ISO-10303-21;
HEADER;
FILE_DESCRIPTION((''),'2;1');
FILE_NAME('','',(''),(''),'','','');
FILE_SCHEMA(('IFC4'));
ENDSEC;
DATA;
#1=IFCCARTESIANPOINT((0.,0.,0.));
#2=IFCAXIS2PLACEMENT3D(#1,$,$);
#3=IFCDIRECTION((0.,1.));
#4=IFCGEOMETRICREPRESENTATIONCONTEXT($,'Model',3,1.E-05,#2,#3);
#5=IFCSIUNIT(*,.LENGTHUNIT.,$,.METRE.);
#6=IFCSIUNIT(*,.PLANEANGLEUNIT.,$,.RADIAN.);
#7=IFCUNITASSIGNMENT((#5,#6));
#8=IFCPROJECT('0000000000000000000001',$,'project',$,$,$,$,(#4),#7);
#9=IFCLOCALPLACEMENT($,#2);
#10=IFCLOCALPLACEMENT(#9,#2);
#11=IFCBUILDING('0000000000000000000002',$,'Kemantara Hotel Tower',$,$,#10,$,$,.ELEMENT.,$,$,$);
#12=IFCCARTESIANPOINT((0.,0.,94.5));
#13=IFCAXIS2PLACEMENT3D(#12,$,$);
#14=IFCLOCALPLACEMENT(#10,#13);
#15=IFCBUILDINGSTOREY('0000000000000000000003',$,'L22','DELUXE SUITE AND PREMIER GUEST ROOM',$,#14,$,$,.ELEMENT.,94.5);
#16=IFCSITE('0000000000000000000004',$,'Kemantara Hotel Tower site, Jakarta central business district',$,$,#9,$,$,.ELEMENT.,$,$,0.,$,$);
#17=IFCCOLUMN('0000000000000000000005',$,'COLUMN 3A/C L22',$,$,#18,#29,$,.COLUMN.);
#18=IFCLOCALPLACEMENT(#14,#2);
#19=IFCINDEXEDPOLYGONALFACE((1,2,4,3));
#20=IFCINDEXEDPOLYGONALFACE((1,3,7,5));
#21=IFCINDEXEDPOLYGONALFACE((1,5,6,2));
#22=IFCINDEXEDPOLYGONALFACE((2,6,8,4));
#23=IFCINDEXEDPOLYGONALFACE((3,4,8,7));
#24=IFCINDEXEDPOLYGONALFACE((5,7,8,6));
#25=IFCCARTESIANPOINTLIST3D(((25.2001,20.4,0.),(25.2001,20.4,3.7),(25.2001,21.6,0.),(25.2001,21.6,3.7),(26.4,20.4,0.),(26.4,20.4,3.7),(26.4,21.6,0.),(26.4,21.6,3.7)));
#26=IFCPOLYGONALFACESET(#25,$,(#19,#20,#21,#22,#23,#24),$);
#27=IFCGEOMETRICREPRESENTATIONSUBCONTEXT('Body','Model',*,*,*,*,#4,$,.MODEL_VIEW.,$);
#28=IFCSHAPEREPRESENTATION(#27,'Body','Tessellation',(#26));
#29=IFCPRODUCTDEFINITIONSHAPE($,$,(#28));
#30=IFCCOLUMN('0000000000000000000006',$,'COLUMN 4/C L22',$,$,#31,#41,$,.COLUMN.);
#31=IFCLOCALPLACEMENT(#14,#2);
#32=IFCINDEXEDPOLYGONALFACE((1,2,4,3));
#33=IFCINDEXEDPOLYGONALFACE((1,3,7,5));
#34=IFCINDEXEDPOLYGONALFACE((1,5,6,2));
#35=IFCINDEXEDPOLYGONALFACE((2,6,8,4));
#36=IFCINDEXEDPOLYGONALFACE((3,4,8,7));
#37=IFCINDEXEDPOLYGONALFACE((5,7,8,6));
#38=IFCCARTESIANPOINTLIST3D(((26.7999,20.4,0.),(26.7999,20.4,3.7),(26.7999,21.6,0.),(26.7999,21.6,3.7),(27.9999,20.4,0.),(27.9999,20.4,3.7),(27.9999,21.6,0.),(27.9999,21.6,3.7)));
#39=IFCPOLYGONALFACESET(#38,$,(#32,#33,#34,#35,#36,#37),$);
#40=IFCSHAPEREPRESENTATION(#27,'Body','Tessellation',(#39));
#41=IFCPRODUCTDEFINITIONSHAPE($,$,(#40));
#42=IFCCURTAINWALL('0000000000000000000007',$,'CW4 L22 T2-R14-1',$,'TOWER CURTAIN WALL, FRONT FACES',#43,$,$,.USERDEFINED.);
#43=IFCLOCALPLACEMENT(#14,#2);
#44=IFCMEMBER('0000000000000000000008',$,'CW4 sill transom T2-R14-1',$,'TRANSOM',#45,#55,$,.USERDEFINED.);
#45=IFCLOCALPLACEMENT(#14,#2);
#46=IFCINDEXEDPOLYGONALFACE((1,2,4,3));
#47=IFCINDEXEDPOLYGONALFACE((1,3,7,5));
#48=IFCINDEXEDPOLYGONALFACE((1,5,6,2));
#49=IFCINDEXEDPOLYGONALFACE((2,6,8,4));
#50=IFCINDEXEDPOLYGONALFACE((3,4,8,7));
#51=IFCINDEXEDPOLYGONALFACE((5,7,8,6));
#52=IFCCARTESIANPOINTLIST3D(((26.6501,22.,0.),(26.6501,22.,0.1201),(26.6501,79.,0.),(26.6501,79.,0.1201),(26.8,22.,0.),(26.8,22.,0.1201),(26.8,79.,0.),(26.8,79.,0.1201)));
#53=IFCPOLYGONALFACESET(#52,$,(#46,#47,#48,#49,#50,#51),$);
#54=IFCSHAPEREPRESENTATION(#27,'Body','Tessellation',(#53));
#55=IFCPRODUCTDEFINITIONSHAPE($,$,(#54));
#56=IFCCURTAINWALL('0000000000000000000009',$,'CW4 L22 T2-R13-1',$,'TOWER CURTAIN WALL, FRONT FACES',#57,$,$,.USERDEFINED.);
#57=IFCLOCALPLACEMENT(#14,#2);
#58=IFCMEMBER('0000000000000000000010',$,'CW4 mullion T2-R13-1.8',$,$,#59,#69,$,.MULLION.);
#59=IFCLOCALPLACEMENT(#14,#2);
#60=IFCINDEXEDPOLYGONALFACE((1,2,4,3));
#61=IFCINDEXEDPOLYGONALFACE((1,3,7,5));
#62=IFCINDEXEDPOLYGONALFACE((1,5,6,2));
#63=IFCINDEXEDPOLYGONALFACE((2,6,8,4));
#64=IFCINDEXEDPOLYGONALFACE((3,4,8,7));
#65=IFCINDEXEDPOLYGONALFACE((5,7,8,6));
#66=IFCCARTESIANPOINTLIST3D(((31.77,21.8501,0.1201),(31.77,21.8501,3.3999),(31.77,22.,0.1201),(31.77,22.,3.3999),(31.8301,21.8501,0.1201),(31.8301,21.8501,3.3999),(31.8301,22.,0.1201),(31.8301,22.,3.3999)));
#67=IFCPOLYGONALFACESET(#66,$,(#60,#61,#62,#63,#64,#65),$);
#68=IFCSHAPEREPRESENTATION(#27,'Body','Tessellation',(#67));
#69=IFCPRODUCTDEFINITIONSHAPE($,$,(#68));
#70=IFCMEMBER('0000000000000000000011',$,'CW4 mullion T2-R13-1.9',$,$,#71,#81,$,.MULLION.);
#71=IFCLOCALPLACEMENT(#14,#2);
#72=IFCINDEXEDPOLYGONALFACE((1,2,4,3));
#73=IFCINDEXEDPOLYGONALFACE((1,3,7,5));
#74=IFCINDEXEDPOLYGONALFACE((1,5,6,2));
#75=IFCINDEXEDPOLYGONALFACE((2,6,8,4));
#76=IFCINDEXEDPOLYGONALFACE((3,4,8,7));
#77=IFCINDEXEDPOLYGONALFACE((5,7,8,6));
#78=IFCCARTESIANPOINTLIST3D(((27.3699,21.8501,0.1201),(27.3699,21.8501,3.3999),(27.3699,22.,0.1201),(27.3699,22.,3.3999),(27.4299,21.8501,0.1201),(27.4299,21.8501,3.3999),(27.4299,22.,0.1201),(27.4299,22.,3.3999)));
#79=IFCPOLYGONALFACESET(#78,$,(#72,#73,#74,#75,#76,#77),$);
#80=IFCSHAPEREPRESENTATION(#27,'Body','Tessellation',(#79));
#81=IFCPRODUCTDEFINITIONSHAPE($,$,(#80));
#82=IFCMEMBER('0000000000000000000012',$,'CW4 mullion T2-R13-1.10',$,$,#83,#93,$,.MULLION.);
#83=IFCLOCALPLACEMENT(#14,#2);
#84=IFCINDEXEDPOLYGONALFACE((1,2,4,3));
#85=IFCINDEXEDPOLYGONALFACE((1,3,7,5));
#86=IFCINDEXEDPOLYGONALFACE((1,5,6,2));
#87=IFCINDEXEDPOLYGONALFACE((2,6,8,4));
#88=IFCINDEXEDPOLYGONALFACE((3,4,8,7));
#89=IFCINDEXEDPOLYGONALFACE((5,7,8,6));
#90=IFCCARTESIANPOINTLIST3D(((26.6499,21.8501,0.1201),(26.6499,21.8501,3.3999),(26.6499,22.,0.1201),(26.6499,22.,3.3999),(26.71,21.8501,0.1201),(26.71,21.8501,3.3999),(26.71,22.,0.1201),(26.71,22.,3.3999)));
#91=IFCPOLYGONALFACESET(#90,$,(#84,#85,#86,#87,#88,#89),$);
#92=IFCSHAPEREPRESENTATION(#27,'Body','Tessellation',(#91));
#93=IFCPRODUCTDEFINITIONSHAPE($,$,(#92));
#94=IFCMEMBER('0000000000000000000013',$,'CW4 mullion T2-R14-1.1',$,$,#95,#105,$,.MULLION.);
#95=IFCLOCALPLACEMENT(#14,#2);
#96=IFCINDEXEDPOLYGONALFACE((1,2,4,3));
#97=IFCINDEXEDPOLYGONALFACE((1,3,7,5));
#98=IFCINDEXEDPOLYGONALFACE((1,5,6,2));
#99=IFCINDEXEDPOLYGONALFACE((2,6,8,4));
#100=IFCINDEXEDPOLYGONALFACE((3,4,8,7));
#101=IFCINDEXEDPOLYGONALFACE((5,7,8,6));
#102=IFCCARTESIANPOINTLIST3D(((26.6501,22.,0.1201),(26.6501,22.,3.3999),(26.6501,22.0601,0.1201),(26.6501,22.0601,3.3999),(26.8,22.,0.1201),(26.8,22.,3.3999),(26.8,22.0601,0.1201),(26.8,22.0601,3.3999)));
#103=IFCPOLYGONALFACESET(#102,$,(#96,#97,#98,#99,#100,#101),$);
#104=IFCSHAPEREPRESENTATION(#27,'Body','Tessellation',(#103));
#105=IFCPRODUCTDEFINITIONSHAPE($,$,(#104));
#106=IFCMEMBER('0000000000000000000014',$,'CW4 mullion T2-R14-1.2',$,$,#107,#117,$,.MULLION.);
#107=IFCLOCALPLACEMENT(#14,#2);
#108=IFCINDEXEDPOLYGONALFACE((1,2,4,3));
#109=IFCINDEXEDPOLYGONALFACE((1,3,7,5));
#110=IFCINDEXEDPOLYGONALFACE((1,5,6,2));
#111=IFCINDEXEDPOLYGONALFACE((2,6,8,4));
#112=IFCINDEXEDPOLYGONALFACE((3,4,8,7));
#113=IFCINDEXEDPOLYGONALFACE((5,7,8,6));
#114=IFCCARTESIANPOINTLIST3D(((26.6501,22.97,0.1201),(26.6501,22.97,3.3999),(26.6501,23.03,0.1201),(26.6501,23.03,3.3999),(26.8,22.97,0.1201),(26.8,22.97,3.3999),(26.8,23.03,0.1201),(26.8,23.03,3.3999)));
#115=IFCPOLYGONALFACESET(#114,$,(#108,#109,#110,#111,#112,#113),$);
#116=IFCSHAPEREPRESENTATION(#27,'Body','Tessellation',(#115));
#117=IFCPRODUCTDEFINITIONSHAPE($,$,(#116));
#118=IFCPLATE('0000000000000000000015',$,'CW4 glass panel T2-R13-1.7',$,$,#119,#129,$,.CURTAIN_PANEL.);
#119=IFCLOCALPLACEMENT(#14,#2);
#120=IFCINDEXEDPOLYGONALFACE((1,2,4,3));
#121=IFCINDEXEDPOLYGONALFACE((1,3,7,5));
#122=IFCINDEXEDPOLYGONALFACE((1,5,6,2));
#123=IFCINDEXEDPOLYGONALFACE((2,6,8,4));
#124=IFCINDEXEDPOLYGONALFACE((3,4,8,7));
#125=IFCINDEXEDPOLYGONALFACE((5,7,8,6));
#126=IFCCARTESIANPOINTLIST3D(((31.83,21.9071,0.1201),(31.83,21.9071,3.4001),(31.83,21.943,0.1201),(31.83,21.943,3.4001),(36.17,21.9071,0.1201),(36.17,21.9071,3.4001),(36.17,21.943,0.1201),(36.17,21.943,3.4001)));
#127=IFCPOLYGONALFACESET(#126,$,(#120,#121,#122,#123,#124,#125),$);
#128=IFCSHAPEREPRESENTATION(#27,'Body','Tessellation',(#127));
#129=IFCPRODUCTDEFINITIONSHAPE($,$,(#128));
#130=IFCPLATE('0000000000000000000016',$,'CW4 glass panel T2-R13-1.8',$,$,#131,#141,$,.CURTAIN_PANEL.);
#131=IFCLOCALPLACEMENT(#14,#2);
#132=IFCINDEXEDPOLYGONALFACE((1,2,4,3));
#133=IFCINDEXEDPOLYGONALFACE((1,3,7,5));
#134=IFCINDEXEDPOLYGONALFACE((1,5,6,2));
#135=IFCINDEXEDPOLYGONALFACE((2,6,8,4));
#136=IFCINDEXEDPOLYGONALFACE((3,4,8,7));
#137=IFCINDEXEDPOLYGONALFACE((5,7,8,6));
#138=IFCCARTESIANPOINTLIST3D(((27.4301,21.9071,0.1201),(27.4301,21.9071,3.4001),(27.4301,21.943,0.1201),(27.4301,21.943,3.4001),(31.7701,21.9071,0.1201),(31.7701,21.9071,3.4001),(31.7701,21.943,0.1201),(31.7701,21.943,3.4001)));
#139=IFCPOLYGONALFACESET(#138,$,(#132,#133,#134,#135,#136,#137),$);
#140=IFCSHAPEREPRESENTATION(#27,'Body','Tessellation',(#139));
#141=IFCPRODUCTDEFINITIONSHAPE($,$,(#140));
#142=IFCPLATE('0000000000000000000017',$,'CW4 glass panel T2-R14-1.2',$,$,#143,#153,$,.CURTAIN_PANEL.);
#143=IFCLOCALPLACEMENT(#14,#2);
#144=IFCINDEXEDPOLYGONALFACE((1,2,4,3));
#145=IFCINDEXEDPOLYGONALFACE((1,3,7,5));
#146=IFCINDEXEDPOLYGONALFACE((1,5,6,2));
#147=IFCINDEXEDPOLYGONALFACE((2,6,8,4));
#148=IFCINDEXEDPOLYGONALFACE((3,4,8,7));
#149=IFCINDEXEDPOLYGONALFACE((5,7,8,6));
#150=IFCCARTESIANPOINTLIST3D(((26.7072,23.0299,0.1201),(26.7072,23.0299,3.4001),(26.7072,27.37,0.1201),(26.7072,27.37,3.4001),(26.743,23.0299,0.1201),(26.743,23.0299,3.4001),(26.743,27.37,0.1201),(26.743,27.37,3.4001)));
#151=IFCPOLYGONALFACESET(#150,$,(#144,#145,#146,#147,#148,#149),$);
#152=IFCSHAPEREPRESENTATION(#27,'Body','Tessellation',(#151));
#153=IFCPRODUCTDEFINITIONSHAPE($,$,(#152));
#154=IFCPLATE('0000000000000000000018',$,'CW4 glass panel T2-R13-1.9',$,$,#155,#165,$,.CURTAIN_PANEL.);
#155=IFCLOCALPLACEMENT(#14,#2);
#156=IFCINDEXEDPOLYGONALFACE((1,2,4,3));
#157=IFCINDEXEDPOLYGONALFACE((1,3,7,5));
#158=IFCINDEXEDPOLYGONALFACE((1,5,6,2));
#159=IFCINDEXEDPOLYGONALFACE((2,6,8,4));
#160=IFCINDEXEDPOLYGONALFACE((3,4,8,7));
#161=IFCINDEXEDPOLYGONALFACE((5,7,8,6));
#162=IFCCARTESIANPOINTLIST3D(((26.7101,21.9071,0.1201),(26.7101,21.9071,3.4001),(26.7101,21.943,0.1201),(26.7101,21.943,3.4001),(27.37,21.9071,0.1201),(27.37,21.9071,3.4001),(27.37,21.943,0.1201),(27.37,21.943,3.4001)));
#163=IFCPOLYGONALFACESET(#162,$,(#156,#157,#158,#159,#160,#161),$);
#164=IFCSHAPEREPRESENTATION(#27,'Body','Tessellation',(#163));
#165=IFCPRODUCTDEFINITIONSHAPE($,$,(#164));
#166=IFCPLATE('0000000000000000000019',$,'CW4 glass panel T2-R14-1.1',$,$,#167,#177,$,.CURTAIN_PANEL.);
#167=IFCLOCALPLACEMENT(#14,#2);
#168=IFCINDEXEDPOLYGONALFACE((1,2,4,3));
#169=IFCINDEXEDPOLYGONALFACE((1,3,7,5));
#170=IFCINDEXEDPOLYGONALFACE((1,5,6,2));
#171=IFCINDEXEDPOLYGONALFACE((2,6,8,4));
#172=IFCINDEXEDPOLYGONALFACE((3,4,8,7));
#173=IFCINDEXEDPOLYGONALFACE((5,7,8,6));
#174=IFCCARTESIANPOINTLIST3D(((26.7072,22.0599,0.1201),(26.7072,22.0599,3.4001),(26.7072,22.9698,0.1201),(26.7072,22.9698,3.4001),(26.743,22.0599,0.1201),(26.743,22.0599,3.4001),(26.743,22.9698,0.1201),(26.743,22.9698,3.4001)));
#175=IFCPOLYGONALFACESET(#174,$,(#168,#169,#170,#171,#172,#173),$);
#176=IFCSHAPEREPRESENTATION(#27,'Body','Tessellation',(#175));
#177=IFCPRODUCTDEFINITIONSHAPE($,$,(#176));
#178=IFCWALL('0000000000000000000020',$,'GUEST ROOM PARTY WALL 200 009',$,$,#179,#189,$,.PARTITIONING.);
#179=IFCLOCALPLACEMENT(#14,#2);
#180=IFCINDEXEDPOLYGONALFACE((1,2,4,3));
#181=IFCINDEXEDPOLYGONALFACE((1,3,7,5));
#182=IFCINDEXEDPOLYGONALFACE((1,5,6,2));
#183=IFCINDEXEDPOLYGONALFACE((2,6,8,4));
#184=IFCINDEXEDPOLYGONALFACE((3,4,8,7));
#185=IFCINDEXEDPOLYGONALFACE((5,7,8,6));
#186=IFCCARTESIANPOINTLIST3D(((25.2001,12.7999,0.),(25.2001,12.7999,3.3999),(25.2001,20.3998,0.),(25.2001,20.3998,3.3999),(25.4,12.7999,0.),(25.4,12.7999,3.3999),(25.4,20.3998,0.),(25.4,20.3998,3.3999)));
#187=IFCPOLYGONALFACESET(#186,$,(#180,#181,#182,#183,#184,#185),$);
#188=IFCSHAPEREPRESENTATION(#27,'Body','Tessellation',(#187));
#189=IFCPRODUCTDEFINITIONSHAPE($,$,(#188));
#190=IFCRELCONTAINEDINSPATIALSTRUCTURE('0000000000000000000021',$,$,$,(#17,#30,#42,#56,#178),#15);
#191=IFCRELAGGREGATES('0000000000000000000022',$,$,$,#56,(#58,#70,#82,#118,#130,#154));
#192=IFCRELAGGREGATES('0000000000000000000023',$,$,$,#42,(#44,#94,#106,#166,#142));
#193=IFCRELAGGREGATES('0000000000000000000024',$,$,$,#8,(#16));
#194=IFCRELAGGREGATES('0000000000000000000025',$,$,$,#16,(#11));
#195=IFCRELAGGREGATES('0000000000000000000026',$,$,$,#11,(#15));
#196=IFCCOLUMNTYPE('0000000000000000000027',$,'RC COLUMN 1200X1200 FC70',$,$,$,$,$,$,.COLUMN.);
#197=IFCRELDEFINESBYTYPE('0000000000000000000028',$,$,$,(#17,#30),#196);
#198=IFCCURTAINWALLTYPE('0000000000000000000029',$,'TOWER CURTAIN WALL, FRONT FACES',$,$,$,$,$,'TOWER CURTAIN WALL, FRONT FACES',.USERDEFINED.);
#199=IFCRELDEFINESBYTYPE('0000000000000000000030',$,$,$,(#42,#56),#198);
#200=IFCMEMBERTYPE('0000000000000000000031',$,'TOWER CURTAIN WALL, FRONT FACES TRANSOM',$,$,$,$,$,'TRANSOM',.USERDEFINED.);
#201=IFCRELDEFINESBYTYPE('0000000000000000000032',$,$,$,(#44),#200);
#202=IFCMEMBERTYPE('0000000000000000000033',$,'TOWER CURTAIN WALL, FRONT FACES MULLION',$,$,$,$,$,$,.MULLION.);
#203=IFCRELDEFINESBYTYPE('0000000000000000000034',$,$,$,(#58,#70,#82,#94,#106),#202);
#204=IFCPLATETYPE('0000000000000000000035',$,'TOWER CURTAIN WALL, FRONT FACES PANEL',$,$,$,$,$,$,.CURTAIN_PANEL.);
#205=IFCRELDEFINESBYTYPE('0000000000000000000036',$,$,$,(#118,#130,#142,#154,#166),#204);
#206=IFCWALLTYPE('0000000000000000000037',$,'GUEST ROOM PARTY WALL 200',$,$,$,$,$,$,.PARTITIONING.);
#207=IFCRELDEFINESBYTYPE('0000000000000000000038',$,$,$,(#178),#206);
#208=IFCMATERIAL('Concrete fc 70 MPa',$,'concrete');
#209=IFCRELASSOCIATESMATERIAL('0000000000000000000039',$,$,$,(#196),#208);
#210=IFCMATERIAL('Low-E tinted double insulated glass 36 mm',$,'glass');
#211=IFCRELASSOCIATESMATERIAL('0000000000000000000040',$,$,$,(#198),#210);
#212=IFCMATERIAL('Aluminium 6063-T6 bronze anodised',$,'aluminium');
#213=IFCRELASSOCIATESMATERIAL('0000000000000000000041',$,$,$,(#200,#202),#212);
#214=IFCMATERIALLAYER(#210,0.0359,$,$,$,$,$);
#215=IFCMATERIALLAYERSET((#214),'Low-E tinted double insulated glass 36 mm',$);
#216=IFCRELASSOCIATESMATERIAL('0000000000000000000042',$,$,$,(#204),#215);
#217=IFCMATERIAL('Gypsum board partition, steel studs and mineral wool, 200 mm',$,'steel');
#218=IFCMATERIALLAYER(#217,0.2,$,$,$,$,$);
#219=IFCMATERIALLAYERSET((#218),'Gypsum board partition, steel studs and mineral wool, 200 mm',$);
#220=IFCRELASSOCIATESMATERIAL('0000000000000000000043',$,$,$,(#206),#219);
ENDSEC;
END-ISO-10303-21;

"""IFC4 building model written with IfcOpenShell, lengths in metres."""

from ifc_helpers import new_model, si_unit, direction, frame, frame_2d, origin, origin_2d, place, context, subcontext, project, spatial, rectangle, extrude, source, transform, mapped, material, layer, layer_set, material_profile, profile_set, type_object, element, aggregate, save


model = new_model("IFC4")

# Units and contexts
model_context = context("Model", 3, precision=1e-05, world=origin(), true_north=direction((0.0, 1.0)))
body_context = subcontext(model_context, "Body", "Model", "MODEL_VIEW")
ifc_project = project(units=[si_unit("LENGTHUNIT", "METRE"), si_unit("PLANEANGLEUNIT", "RADIAN")], contexts=[model_context])

# Site, building, storey
site_placement = place(None, origin())
site = spatial("IfcSite", under=ifc_project, at=site_placement, Name="Kemantara Hotel Tower site, Jakarta central business district", CompositionType="ELEMENT", RefElevation=0.0)
building_placement = place(site_placement, origin())
building = spatial("IfcBuilding", under=site, at=building_placement, Name="Kemantara Hotel Tower", CompositionType="ELEMENT")
storey_placement = place(building_placement, frame((0.0, 0.0, 94.5)))
storey = spatial("IfcBuildingStorey", under=building, at=storey_placement, Name="L22", Description="DELUXE SUITE AND PREMIER GUEST ROOM", CompositionType="ELEMENT", Elevation=94.5)

# Columns
ifc_material_1 = material(Name="Concrete fc 70 MPa", Category="concrete")
ifc_material_profile_1 = material_profile(ifc_material_1, rectangle(XDim=1.2, YDim=1.2, at=origin_2d()), Name="RC 1200X1200")
ifc_profile_set_1 = profile_set([ifc_material_profile_1], Name="Concrete fc 70 MPa")
column_type = type_object("IfcColumnType", Name="RC COLUMN 1200X1200 FC70", PredefinedType="COLUMN", material=ifc_profile_set_1)
for number, where, z_axis, x_axis, name in (
    (1, (25.8, 21.0, 0.0), (0.0, 0.0, 1.0), (1.0, 0.0, 0.0), "COLUMN 3A/C L22"),
    (2, (27.3999, 21.0, 0.0), (0.0, 0.0, 1.0), (1.0, 0.0, 0.0), "COLUMN 4/C L22"),
):
    element("IfcColumn", number, at=place(storey_placement, frame(where, z_axis=z_axis, x_axis=x_axis)), inside=storey, type_object=column_type, Name=name, PredefinedType="COLUMN", context=body_context, shape_type="SweptSolid", body=[
        extrude(rectangle(XDim=1.2, YDim=1.2, at=origin_2d()), origin(), (0.0, 0.0, 1.0), 3.7),
    ])

# Curtain wall, member
ifc_material_2 = material(Name="Low-E tinted double insulated glass 36 mm", Category="glass")
curtain_wall_type = type_object("IfcCurtainWallType", Name="TOWER CURTAIN WALL, FRONT FACES", ElementType="TOWER CURTAIN WALL, FRONT FACES", PredefinedType="USERDEFINED", material=ifc_material_2)
curtain_wall_1_placement = place(storey_placement, origin())
curtain_wall_1 = element("IfcCurtainWall", 3, at=curtain_wall_1_placement, inside=storey, type_object=curtain_wall_type, Name="CW4 L22 T2-R14-1", ObjectType="TOWER CURTAIN WALL, FRONT FACES", PredefinedType="USERDEFINED")
ifc_material_3 = material(Name="Aluminium 6063-T6 bronze anodised", Category="aluminium")
ifc_material_profile_2 = material_profile(ifc_material_3, rectangle(XDim=0.1499, YDim=0.1201, at=origin_2d()), Name="TOWER CURTAIN WALL, FRONT FACES TRANSOM")
ifc_profile_set_2 = profile_set([ifc_material_profile_2], Name="Aluminium 6063-T6 bronze anodised")
member_type_1 = type_object("IfcMemberType", Name="TOWER CURTAIN WALL, FRONT FACES TRANSOM", ElementType="TRANSOM", PredefinedType="USERDEFINED", material=ifc_profile_set_2)
member_1_placement = place(storey_placement, frame((26.7251, 22.0, 0.0601), z_axis=(0.0, 1.0, 0.0), x_axis=(-1.0, 0.0, 0.0)))
member_1 = element("IfcMember", 4, at=member_1_placement, type_object=member_type_1, Name="CW4 sill transom T2-R14-1", ObjectType="TRANSOM", PredefinedType="USERDEFINED", context=body_context, shape_type="SweptSolid", body=[
    extrude(rectangle(XDim=0.1499, YDim=0.1201, at=origin_2d()), origin(), (0.0, 0.0, 1.0), 57.0),
])

# Curtain wall, members
curtain_wall_2_placement = place(storey_placement, origin())
curtain_wall_2 = element("IfcCurtainWall", 5, at=curtain_wall_2_placement, inside=storey, type_object=curtain_wall_type, Name="CW4 L22 T2-R13-1", ObjectType="TOWER CURTAIN WALL, FRONT FACES", PredefinedType="USERDEFINED")
ifc_material_profile_3 = material_profile(ifc_material_3, rectangle(XDim=0.1499, YDim=0.0601, at=origin_2d()), Name="TOWER CURTAIN WALL, FRONT FACES MULLION")
ifc_profile_set_3 = profile_set([ifc_material_profile_3], Name="Aluminium 6063-T6 bronze anodised")
member_type_2 = type_object("IfcMemberType", Name="TOWER CURTAIN WALL, FRONT FACES MULLION", PredefinedType="MULLION", material=ifc_profile_set_3)
shared_shape_1 = source(origin(), body_context, "Body", "SweptSolid", [
    extrude(rectangle(XDim=0.1499, YDim=0.0601, at=origin_2d()), origin(), (0.0, 0.0, 1.0), 3.2798),
])
member_2_placement = place(storey_placement, frame((31.8, 21.925, 0.1201), z_axis=(0.0, 0.0, 1.0), x_axis=(0.0, -1.0, 0.0)))
member_2 = element("IfcMember", 6, at=member_2_placement, type_object=member_type_2, Name="CW4 mullion T2-R13-1.8", PredefinedType="MULLION", context=body_context, shape_type="MappedRepresentation", body=[
    mapped(shared_shape_1, transform((0.0, 0.0, 0.0))),
])
member_3_placement = place(storey_placement, frame((27.3999, 21.925, 0.1201), z_axis=(0.0, 0.0, 1.0), x_axis=(0.0, -1.0, 0.0)))
member_3 = element("IfcMember", 7, at=member_3_placement, type_object=member_type_2, Name="CW4 mullion T2-R13-1.9", PredefinedType="MULLION", context=body_context, shape_type="MappedRepresentation", body=[
    mapped(shared_shape_1, transform((0.0, 0.0, 0.0))),
])
member_4_placement = place(storey_placement, frame((26.6799, 21.925, 0.1201), z_axis=(0.0, 0.0, 1.0), x_axis=(0.0, -1.0, 0.0)))
member_4 = element("IfcMember", 8, at=member_4_placement, type_object=member_type_2, Name="CW4 mullion T2-R13-1.10", PredefinedType="MULLION", context=body_context, shape_type="MappedRepresentation", body=[
    mapped(shared_shape_1, transform((0.0, 0.0, 0.0))),
])

# Members
member_5_placement = place(storey_placement, frame((26.7251, 22.03, 0.1201), z_axis=(0.0, 0.0, 1.0), x_axis=(-1.0, 0.0, 0.0)))
member_5 = element("IfcMember", 9, at=member_5_placement, type_object=member_type_2, Name="CW4 mullion T2-R14-1.1", PredefinedType="MULLION", context=body_context, shape_type="MappedRepresentation", body=[
    mapped(shared_shape_1, transform((0.0, 0.0, 0.0))),
])
member_6_placement = place(storey_placement, frame((26.7251, 23.0, 0.1201), z_axis=(0.0, 0.0, 1.0), x_axis=(-1.0, 0.0, 0.0)))
member_6 = element("IfcMember", 10, at=member_6_placement, type_object=member_type_2, Name="CW4 mullion T2-R14-1.2", PredefinedType="MULLION", context=body_context, shape_type="MappedRepresentation", body=[
    mapped(shared_shape_1, transform((0.0, 0.0, 0.0))),
])

# Plates
ifc_layer_1 = layer(ifc_material_2, 0.0359)
ifc_layer_set_1 = layer_set([ifc_layer_1], Name="Low-E tinted double insulated glass 36 mm")
plate_type = type_object("IfcPlateType", Name="TOWER CURTAIN WALL, FRONT FACES PANEL", PredefinedType="CURTAIN_PANEL", material=ifc_layer_set_1)
shared_shape_2 = source(origin(), body_context, "Body", "SweptSolid", [
    extrude(rectangle(XDim=4.3401, YDim=0.0359, at=origin_2d()), origin(), (0.0, 0.0, 1.0), 3.28),
])
plate_1_placement = place(storey_placement, frame((34.0, 21.925, 0.1201), z_axis=(0.0, 0.0, 1.0), x_axis=(-1.0, 0.0, 0.0)))
plate_1 = element("IfcPlate", 11, at=plate_1_placement, type_object=plate_type, Name="CW4 glass panel T2-R13-1.7", PredefinedType="CURTAIN_PANEL", context=body_context, shape_type="MappedRepresentation", body=[
    mapped(shared_shape_2, transform((0.0, 0.0, 0.0))),
])
plate_2_placement = place(storey_placement, frame((29.6001, 21.925, 0.1201), z_axis=(0.0, 0.0, 1.0), x_axis=(-1.0, 0.0, 0.0)))
plate_2 = element("IfcPlate", 12, at=plate_2_placement, type_object=plate_type, Name="CW4 glass panel T2-R13-1.8", PredefinedType="CURTAIN_PANEL", context=body_context, shape_type="MappedRepresentation", body=[
    mapped(shared_shape_2, transform((0.0, 0.0, 0.0))),
])
plate_3_placement = place(storey_placement, frame((26.7251, 25.2, 0.1201), z_axis=(0.0, 0.0, 1.0), x_axis=(0.0, 1.0, 0.0)))
plate_3 = element("IfcPlate", 13, at=plate_3_placement, type_object=plate_type, Name="CW4 glass panel T2-R14-1.2", PredefinedType="CURTAIN_PANEL", context=body_context, shape_type="MappedRepresentation", body=[
    mapped(shared_shape_2, transform((0.0, 0.0, 0.0))),
])
shared_shape_3 = source(origin(), body_context, "Body", "SweptSolid", [
    extrude(rectangle(XDim=0.6599, YDim=0.0359, at=origin_2d()), origin(), (0.0, 0.0, 1.0), 3.28),
])
plate_4_placement = place(storey_placement, frame((27.04, 21.925, 0.1201), z_axis=(0.0, 0.0, 1.0), x_axis=(-1.0, 0.0, 0.0)))
plate_4 = element("IfcPlate", 14, at=plate_4_placement, type_object=plate_type, Name="CW4 glass panel T2-R13-1.9", PredefinedType="CURTAIN_PANEL", context=body_context, shape_type="MappedRepresentation", body=[
    mapped(shared_shape_3, transform((0.0, 0.0, 0.0))),
])
aggregate(curtain_wall_2, [member_2, member_3, member_4, plate_1, plate_2, plate_4])
shared_shape_4 = source(origin(), body_context, "Body", "SweptSolid", [
    extrude(rectangle(XDim=0.9099, YDim=0.0359, at=origin_2d()), origin(), (0.0, 0.0, 1.0), 3.28),
])
plate_5_placement = place(storey_placement, frame((26.7251, 22.5149, 0.1201), z_axis=(0.0, 0.0, 1.0), x_axis=(0.0, 1.0, 0.0)))
plate_5 = element("IfcPlate", 15, at=plate_5_placement, type_object=plate_type, Name="CW4 glass panel T2-R14-1.1", PredefinedType="CURTAIN_PANEL", context=body_context, shape_type="MappedRepresentation", body=[
    mapped(shared_shape_4, transform((0.0, 0.0, 0.0))),
])
aggregate(curtain_wall_1, [member_1, member_5, member_6, plate_5, plate_3])

# Wall
ifc_material_4 = material(Name="Gypsum board partition, steel studs and mineral wool, 200 mm", Category="steel")
ifc_layer_2 = layer(ifc_material_4, 0.2)
ifc_layer_set_2 = layer_set([ifc_layer_2], Name="Gypsum board partition, steel studs and mineral wool, 200 mm")
wall_type_1 = type_object("IfcWallType", Name="GUEST ROOM PARTY WALL 200", PredefinedType="PARTITIONING", material=ifc_layer_set_2)
wall_1_placement = place(storey_placement, frame((25.3, 12.8, 0.0), z_axis=(0.0, 0.0, 1.0), x_axis=(0.0, 1.0, 0.0)))
element("IfcWall", 16, at=wall_1_placement, inside=storey, type_object=wall_type_1, Name="GUEST ROOM PARTY WALL 200 009", PredefinedType="PARTITIONING", context=body_context, shape_type="SweptSolid", body=[
    extrude(rectangle(XDim=7.5999, YDim=0.2, at=frame_2d((3.7998, 0.0))), origin(), (0.0, 0.0, 1.0), 3.3999),
])

save(model, "model.ifc")
